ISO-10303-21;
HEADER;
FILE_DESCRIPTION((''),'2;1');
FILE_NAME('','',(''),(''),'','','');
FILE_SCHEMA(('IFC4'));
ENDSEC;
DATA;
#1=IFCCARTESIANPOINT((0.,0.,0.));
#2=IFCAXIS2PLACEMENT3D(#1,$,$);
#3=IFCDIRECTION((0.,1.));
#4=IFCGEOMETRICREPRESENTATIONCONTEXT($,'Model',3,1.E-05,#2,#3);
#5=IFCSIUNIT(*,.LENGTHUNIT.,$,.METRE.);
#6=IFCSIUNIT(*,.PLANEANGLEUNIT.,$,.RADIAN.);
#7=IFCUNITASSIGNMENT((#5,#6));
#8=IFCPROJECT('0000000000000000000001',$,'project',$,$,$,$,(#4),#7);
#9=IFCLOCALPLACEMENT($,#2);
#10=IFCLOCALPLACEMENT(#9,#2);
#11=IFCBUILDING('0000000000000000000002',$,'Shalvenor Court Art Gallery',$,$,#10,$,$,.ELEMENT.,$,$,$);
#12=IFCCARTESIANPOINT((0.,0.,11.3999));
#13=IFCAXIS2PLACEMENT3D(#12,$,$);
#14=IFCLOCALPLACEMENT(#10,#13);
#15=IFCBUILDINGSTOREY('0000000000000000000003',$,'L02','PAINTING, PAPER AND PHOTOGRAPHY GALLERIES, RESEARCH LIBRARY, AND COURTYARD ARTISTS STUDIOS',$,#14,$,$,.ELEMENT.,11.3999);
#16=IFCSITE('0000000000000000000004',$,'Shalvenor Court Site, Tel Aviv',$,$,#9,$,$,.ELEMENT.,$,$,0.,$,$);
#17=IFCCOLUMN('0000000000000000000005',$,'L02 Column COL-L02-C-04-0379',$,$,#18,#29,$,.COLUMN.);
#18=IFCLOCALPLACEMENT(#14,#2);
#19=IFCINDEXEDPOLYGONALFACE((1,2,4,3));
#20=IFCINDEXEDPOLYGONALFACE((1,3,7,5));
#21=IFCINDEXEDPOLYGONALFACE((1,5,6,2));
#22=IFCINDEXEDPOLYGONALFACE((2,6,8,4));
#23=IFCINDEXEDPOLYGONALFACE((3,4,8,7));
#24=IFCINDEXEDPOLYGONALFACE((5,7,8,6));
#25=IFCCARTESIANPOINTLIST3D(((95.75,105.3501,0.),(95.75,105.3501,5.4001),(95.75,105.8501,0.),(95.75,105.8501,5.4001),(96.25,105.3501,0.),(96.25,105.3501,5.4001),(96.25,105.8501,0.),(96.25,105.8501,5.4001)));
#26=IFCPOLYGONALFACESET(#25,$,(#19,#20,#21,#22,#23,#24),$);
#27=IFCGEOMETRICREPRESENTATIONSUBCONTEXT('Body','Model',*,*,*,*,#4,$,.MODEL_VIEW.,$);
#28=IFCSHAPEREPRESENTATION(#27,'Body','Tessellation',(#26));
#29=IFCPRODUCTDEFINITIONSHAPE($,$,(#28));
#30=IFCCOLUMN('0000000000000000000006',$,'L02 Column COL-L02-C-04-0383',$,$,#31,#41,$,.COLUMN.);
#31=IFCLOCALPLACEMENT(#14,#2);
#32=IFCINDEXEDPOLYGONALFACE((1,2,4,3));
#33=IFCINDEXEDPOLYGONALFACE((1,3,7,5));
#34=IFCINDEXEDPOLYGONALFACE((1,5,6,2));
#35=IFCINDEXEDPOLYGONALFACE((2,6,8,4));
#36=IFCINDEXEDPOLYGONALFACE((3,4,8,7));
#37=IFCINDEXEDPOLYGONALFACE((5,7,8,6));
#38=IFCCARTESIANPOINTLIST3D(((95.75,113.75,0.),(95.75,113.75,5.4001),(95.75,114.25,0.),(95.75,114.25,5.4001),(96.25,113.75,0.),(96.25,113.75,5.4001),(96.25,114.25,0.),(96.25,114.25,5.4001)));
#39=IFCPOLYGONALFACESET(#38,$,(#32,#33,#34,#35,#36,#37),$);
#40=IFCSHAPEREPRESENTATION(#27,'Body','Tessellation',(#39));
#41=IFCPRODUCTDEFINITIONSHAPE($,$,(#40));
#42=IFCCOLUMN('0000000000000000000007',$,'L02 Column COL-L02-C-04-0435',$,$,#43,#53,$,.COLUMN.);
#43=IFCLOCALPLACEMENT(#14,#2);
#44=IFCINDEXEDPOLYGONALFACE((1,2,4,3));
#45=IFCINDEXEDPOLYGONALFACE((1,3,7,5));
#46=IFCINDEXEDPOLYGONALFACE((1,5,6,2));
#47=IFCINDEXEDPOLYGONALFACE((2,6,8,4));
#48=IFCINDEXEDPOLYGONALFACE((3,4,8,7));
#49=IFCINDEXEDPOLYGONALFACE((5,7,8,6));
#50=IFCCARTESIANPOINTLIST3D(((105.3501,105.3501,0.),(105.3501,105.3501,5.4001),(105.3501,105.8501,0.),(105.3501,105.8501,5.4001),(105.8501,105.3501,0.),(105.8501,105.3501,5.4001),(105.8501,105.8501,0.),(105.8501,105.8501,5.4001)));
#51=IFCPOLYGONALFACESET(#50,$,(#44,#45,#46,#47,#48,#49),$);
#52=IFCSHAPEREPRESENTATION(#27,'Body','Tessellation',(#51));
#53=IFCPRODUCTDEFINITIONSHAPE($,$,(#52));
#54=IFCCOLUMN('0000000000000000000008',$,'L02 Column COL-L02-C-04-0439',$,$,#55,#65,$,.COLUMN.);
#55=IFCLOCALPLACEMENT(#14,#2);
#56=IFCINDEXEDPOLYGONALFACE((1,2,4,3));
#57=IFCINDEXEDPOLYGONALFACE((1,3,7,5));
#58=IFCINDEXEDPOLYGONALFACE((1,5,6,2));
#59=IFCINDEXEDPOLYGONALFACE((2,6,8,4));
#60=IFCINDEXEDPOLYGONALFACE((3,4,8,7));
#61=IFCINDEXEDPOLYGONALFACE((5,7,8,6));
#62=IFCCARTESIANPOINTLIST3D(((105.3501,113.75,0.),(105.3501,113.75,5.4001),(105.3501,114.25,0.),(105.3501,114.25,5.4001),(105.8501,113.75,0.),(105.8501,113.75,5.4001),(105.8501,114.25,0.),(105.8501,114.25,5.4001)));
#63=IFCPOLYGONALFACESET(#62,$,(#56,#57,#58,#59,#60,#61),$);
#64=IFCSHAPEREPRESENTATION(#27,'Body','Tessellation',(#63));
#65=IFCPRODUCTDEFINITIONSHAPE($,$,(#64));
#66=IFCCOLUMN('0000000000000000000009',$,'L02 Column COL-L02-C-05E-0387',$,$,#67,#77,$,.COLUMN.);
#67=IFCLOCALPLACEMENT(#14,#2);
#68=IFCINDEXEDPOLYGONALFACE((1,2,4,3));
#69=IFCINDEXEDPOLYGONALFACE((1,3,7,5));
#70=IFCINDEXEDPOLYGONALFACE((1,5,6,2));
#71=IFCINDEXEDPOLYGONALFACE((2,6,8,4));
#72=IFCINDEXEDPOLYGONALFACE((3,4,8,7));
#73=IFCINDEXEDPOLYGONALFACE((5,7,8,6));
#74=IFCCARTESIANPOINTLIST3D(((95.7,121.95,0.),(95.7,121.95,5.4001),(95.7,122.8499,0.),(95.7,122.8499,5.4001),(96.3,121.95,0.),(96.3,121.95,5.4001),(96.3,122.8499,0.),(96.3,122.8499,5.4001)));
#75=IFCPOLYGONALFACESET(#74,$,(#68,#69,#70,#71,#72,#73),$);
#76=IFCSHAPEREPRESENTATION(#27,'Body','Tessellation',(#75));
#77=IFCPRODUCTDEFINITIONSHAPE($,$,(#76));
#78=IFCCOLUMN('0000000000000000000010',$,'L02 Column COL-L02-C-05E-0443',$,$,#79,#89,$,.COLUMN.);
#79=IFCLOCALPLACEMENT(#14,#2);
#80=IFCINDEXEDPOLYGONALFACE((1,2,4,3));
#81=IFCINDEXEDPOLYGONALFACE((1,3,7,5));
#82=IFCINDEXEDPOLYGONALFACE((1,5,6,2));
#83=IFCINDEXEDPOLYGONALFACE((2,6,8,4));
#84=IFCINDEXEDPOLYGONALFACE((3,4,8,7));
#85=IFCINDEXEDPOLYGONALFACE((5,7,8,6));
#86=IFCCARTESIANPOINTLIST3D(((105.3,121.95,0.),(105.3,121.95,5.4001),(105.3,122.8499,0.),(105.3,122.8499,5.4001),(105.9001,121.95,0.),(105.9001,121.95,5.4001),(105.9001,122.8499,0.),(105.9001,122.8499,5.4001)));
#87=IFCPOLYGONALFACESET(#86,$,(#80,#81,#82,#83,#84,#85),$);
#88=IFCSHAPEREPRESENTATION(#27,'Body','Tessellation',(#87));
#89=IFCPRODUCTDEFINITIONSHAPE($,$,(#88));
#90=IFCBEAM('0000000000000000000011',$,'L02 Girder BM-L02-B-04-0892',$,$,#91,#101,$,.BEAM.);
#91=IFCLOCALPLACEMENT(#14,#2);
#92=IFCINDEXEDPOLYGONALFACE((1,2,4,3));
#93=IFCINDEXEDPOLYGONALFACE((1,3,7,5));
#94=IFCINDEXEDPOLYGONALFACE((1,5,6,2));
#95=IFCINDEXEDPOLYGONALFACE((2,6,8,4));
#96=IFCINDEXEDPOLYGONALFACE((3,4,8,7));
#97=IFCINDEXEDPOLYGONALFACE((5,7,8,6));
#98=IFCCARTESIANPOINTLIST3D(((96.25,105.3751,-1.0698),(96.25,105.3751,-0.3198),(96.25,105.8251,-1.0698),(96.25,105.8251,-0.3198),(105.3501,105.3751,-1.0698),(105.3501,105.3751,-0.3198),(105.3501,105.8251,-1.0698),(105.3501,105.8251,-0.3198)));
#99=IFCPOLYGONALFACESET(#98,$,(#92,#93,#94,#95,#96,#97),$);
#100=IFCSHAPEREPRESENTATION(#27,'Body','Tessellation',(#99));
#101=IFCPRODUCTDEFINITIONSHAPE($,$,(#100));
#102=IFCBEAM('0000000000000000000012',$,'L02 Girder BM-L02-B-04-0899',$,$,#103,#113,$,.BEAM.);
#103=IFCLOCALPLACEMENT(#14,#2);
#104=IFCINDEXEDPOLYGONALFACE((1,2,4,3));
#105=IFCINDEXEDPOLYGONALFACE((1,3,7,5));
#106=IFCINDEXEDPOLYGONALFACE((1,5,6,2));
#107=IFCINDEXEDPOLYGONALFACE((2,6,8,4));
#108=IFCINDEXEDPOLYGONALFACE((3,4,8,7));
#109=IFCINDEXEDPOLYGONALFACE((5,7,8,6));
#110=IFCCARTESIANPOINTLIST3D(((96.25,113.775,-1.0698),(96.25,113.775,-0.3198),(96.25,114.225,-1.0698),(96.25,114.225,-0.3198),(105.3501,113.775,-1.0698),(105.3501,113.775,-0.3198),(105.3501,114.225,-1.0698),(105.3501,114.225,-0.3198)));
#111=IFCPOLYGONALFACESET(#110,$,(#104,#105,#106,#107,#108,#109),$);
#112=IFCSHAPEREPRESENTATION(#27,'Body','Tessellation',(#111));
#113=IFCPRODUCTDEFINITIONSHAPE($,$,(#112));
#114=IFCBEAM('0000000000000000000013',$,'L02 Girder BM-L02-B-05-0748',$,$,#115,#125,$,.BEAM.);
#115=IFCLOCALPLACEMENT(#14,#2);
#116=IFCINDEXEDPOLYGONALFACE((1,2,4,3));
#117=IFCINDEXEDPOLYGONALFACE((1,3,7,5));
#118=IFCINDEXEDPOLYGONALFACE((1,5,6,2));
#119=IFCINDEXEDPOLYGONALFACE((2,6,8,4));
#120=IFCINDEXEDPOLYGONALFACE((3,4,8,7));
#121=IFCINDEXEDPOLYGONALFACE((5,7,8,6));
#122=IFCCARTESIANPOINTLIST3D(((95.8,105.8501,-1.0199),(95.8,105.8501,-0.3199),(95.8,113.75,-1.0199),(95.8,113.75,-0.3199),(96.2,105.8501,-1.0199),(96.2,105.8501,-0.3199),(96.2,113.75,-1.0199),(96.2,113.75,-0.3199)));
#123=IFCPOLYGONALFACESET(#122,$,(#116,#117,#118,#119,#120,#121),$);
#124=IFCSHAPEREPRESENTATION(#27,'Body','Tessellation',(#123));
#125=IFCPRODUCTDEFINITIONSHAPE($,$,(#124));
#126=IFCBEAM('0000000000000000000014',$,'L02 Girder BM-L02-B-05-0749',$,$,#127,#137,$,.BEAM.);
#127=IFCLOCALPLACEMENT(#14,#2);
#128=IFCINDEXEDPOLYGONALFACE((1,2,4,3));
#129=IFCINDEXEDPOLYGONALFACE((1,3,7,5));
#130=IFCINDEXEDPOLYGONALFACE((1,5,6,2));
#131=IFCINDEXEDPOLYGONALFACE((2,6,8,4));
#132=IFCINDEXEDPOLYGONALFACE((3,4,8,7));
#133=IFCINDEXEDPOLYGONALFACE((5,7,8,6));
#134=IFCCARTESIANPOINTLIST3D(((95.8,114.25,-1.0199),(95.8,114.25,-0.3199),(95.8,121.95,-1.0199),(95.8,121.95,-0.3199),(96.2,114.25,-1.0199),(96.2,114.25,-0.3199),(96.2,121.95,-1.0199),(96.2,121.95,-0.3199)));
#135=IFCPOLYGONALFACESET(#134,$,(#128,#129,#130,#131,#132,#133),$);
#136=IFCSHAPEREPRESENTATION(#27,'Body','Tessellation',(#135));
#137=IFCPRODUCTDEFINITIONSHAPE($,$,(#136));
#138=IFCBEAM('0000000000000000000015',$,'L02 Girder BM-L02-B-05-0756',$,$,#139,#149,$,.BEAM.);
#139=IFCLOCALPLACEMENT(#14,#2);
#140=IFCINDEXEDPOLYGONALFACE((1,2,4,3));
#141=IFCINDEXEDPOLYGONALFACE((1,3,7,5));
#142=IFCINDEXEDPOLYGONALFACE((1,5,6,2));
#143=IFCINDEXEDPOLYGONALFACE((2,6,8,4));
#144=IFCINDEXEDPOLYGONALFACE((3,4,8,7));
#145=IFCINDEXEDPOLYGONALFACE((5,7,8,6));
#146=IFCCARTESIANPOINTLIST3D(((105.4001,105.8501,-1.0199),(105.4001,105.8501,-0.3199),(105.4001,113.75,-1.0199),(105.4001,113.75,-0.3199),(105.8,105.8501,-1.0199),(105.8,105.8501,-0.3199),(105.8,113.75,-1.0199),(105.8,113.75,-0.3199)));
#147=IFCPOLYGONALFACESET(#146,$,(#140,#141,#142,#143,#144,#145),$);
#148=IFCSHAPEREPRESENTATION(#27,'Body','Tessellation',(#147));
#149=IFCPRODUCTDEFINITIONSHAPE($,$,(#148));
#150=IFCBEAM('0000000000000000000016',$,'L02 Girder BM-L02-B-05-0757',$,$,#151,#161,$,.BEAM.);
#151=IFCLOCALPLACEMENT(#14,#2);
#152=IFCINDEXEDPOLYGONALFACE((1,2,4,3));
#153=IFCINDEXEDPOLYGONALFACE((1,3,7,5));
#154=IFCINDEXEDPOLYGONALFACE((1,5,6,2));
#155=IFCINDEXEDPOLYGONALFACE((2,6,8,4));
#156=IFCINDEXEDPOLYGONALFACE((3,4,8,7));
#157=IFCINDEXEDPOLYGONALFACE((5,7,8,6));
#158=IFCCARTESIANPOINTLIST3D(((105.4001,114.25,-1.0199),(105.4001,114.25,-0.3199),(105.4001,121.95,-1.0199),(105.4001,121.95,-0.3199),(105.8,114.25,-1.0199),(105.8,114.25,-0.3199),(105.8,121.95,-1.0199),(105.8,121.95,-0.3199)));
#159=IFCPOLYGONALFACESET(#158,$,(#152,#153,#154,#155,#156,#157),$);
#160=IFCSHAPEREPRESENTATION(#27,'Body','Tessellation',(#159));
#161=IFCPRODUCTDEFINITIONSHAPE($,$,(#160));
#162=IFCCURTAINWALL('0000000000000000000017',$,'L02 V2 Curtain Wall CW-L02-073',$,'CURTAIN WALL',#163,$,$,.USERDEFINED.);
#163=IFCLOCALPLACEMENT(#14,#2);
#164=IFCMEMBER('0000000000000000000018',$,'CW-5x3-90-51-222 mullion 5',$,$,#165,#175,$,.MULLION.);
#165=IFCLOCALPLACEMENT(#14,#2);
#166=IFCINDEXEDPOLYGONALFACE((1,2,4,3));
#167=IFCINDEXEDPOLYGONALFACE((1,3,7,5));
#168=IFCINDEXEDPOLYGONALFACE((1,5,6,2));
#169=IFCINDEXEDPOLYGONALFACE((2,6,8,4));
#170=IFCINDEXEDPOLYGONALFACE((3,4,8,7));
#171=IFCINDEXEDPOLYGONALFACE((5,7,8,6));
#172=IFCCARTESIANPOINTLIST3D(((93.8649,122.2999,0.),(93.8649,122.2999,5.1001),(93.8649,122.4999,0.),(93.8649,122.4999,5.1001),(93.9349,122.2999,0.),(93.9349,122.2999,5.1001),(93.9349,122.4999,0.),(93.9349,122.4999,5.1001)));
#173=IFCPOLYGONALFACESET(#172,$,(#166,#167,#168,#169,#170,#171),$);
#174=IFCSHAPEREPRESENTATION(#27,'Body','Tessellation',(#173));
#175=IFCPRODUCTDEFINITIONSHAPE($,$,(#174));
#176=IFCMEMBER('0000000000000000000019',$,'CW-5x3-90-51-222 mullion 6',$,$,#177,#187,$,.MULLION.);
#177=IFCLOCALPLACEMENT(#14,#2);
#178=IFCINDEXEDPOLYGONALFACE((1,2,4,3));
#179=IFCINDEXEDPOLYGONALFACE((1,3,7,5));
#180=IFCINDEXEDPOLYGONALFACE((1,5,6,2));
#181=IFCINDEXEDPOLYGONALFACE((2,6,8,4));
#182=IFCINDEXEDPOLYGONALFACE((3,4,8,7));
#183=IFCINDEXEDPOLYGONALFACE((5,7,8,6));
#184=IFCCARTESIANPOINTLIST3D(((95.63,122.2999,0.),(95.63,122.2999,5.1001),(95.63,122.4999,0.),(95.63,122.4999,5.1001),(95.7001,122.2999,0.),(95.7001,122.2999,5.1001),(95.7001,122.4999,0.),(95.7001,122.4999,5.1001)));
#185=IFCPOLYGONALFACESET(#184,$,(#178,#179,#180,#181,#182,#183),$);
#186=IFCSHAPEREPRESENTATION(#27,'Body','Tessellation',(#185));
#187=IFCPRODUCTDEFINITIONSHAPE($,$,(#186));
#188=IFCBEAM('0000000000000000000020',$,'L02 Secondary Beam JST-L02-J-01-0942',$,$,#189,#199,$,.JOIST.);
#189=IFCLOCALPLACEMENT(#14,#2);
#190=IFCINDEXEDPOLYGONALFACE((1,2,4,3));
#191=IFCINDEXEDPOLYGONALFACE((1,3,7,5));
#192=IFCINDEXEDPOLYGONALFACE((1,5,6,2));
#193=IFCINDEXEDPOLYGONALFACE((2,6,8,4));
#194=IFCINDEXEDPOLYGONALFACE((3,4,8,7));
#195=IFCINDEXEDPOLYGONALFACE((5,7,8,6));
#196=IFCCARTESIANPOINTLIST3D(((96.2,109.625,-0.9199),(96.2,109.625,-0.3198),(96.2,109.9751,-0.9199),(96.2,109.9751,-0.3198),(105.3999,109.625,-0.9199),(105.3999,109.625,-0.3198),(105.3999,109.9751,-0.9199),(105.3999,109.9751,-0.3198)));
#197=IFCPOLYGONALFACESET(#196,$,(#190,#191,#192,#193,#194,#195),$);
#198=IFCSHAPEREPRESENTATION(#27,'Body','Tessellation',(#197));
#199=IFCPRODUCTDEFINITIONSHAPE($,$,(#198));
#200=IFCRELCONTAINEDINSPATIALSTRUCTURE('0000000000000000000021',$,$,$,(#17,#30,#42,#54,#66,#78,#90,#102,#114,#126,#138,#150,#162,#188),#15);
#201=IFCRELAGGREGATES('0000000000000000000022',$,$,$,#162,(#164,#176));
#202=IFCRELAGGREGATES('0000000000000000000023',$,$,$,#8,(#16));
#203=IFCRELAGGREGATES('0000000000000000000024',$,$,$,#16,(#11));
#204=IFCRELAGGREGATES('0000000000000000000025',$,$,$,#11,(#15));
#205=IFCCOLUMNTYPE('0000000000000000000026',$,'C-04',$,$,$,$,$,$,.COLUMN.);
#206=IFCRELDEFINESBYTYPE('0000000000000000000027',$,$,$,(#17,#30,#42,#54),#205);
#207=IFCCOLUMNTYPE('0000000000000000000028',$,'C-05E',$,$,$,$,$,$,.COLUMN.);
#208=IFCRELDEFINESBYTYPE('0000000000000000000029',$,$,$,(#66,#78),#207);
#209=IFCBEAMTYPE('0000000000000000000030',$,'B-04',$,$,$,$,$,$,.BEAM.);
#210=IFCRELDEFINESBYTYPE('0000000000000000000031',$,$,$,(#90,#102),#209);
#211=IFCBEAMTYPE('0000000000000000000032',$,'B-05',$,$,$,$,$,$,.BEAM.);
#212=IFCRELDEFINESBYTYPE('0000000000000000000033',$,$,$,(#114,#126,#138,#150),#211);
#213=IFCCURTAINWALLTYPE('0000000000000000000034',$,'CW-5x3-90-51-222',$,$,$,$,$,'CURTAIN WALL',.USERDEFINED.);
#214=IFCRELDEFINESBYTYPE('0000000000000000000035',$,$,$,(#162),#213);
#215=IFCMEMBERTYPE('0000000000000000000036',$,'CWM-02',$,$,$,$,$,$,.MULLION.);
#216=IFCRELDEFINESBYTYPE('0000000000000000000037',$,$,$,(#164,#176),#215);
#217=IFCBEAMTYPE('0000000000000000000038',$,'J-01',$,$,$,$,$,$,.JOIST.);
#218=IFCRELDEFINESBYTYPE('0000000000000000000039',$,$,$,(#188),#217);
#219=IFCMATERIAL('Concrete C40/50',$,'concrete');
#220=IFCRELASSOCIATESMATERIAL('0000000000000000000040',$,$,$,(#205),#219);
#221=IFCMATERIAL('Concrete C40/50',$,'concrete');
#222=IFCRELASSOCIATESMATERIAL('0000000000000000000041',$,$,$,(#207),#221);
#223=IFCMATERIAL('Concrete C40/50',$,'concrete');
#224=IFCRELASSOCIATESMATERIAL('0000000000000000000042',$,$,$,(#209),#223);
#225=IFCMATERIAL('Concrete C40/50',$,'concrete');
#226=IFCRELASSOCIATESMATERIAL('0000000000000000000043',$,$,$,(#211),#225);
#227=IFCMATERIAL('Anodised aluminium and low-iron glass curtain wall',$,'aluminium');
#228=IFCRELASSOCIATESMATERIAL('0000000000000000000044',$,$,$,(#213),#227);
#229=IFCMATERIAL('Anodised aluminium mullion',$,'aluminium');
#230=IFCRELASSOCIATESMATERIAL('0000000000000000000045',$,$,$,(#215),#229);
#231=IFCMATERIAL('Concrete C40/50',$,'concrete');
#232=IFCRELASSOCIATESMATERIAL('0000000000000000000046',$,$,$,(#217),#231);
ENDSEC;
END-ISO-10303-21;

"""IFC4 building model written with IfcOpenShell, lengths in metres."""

from ifc_helpers import new_model, si_unit, direction, frame, origin, origin_2d, place, context, subcontext, project, spatial, rectangle, extrude, material, material_profile, profile_set, type_object, element, aggregate, save


model = new_model("IFC4")

# Units and contexts
model_context = context("Model", 3, precision=1e-05, world=origin(), true_north=direction((0.0, 1.0)))
body_context = subcontext(model_context, "Body", "Model", "MODEL_VIEW")
ifc_project = project(units=[si_unit("LENGTHUNIT", "METRE"), si_unit("PLANEANGLEUNIT", "RADIAN")], contexts=[model_context])

# Site, building, storey
site_placement = place(None, origin())
site = spatial("IfcSite", under=ifc_project, at=site_placement, Name="Shalvenor Court Site, Tel Aviv", CompositionType="ELEMENT", RefElevation=0.0)
building_placement = place(site_placement, origin())
building = spatial("IfcBuilding", under=site, at=building_placement, Name="Shalvenor Court Art Gallery", CompositionType="ELEMENT")
storey_placement = place(building_placement, frame((0.0, 0.0, 11.3999)))
storey = spatial("IfcBuildingStorey", under=building, at=storey_placement, Name="L02", Description="PAINTING, PAPER AND PHOTOGRAPHY GALLERIES, RESEARCH LIBRARY, AND COURTYARD ARTISTS STUDIOS", CompositionType="ELEMENT", Elevation=11.3999)

# Columns
ifc_material_1 = material(Name="Concrete C40/50", Category="concrete")
ifc_material_profile_1 = material_profile(ifc_material_1, rectangle(XDim=0.5, YDim=0.5, at=origin_2d()), Name="RC 500x500")
ifc_profile_set_1 = profile_set([ifc_material_profile_1], Name="Concrete C40/50")
column_type_1 = type_object("IfcColumnType", Name="C-04", PredefinedType="COLUMN", material=ifc_profile_set_1)
for number, where, z_axis, x_axis, name in (
    (1, (96.0, 105.6001, 0.0), (0.0, 0.0, 1.0), (1.0, 0.0, 0.0), "L02 Column COL-L02-C-04-0379"),
    (2, (96.0, 114.0, 0.0), (0.0, 0.0, 1.0), (1.0, 0.0, 0.0), "L02 Column COL-L02-C-04-0383"),
    (3, (105.6001, 105.6001, 0.0), (0.0, 0.0, 1.0), (1.0, 0.0, 0.0), "L02 Column COL-L02-C-04-0435"),
    (4, (105.6001, 114.0, 0.0), (0.0, 0.0, 1.0), (1.0, 0.0, 0.0), "L02 Column COL-L02-C-04-0439"),
):
    element("IfcColumn", number, at=place(storey_placement, frame(where, z_axis=z_axis, x_axis=x_axis)), inside=storey, type_object=column_type_1, Name=name, PredefinedType="COLUMN", context=body_context, shape_type="SweptSolid", body=[
        extrude(rectangle(XDim=0.5, YDim=0.5, at=origin_2d()), origin(), (0.0, 0.0, 1.0), 5.4001),
    ])
ifc_material_2 = material(Name="Concrete C40/50", Category="concrete")
ifc_material_profile_2 = material_profile(ifc_material_2, rectangle(XDim=0.6001, YDim=0.8999, at=origin_2d()), Name="RC 600x900")
ifc_profile_set_2 = profile_set([ifc_material_profile_2], Name="Concrete C40/50")
column_type_2 = type_object("IfcColumnType", Name="C-05E", PredefinedType="COLUMN", material=ifc_profile_set_2)
for number, where, z_axis, x_axis, name in (
    (5, (96.0, 122.3999, 0.0), (0.0, 0.0, 1.0), (1.0, 0.0, 0.0), "L02 Column COL-L02-C-05E-0387"),
    (6, (105.6001, 122.3999, 0.0), (0.0, 0.0, 1.0), (1.0, 0.0, 0.0), "L02 Column COL-L02-C-05E-0443"),
):
    element("IfcColumn", number, at=place(storey_placement, frame(where, z_axis=z_axis, x_axis=x_axis)), inside=storey, type_object=column_type_2, Name=name, PredefinedType="COLUMN", context=body_context, shape_type="SweptSolid", body=[
        extrude(rectangle(XDim=0.6001, YDim=0.8999, at=origin_2d()), origin(), (0.0, 0.0, 1.0), 5.4001),
    ])

# Beams
ifc_material_3 = material(Name="Concrete C40/50", Category="concrete")
ifc_material_profile_3 = material_profile(ifc_material_3, rectangle(XDim=0.45, YDim=0.75, at=origin_2d()), Name="RC 450x750")
ifc_profile_set_3 = profile_set([ifc_material_profile_3], Name="Concrete C40/50")
beam_type_1 = type_object("IfcBeamType", Name="B-04", PredefinedType="BEAM", material=ifc_profile_set_3)
for number, where, z_axis, x_axis, name in (
    (7, (96.25, 105.6001, -0.6948), (1.0, 0.0, 0.0), (0.0, 1.0, 0.0), "L02 Girder BM-L02-B-04-0892"),
    (8, (96.25, 114.0, -0.6948), (1.0, 0.0, 0.0), (0.0, 1.0, 0.0), "L02 Girder BM-L02-B-04-0899"),
):
    element("IfcBeam", number, at=place(storey_placement, frame(where, z_axis=z_axis, x_axis=x_axis)), inside=storey, type_object=beam_type_1, Name=name, PredefinedType="BEAM", context=body_context, shape_type="SweptSolid", body=[
        extrude(rectangle(XDim=0.45, YDim=0.75, at=origin_2d()), origin(), (0.0, 0.0, 1.0), 9.1001),
    ])
ifc_material_4 = material(Name="Concrete C40/50", Category="concrete")
ifc_material_profile_4 = material_profile(ifc_material_4, rectangle(XDim=0.3999, YDim=0.7, at=origin_2d()), Name="RC 400x700")
ifc_profile_set_4 = profile_set([ifc_material_profile_4], Name="Concrete C40/50")
beam_type_2 = type_object("IfcBeamType", Name="B-05", PredefinedType="BEAM", material=ifc_profile_set_4)
beam_1_placement = place(storey_placement, frame((96.0, 105.8501, -0.6699), z_axis=(0.0, 1.0, 0.0), x_axis=(-1.0, 0.0, 0.0)))
element("IfcBeam", 9, at=beam_1_placement, inside=storey, type_object=beam_type_2, Name="L02 Girder BM-L02-B-05-0748", PredefinedType="BEAM", context=body_context, shape_type="SweptSolid", body=[
    extrude(rectangle(XDim=0.3999, YDim=0.7, at=origin_2d()), origin(), (0.0, 0.0, 1.0), 7.8999),
])
beam_2_placement = place(storey_placement, frame((96.0, 114.25, -0.6699), z_axis=(0.0, 1.0, 0.0), x_axis=(-1.0, 0.0, 0.0)))
element("IfcBeam", 10, at=beam_2_placement, inside=storey, type_object=beam_type_2, Name="L02 Girder BM-L02-B-05-0749", PredefinedType="BEAM", context=body_context, shape_type="SweptSolid", body=[
    extrude(rectangle(XDim=0.3999, YDim=0.7, at=origin_2d()), origin(), (0.0, 0.0, 1.0), 7.7),
])
beam_3_placement = place(storey_placement, frame((105.6001, 105.8501, -0.6699), z_axis=(0.0, 1.0, 0.0), x_axis=(-1.0, 0.0, 0.0)))
element("IfcBeam", 11, at=beam_3_placement, inside=storey, type_object=beam_type_2, Name="L02 Girder BM-L02-B-05-0756", PredefinedType="BEAM", context=body_context, shape_type="SweptSolid", body=[
    extrude(rectangle(XDim=0.3999, YDim=0.7, at=origin_2d()), origin(), (0.0, 0.0, 1.0), 7.8999),
])
beam_4_placement = place(storey_placement, frame((105.6001, 114.25, -0.6699), z_axis=(0.0, 1.0, 0.0), x_axis=(-1.0, 0.0, 0.0)))
element("IfcBeam", 12, at=beam_4_placement, inside=storey, type_object=beam_type_2, Name="L02 Girder BM-L02-B-05-0757", PredefinedType="BEAM", context=body_context, shape_type="SweptSolid", body=[
    extrude(rectangle(XDim=0.3999, YDim=0.7, at=origin_2d()), origin(), (0.0, 0.0, 1.0), 7.7),
])

# Curtain wall, members
ifc_material_5 = material(Name="Anodised aluminium and low-iron glass curtain wall", Category="aluminium")
curtain_wall_type = type_object("IfcCurtainWallType", Name="CW-5x3-90-51-222", ElementType="CURTAIN WALL", PredefinedType="USERDEFINED", material=ifc_material_5)
curtain_wall_placement = place(storey_placement, origin())
curtain_wall = element("IfcCurtainWall", 13, at=curtain_wall_placement, inside=storey, type_object=curtain_wall_type, Name="L02 V2 Curtain Wall CW-L02-073", ObjectType="CURTAIN WALL", PredefinedType="USERDEFINED")
ifc_material_6 = material(Name="Anodised aluminium mullion", Category="aluminium")
ifc_material_profile_5 = material_profile(ifc_material_6, rectangle(XDim=0.0701, YDim=0.2, at=origin_2d()), Name="CWM-02")
ifc_profile_set_5 = profile_set([ifc_material_profile_5], Name="Anodised aluminium mullion")
member_type = type_object("IfcMemberType", Name="CWM-02", PredefinedType="MULLION", material=ifc_profile_set_5)
member_1_placement = place(storey_placement, frame((93.8999, 122.3999, 0.0), z_axis=(0.0, 0.0, 1.0), x_axis=(1.0, 0.0, 0.0)))
member_1 = element("IfcMember", 14, at=member_1_placement, type_object=member_type, Name="CW-5x3-90-51-222 mullion 5", PredefinedType="MULLION", context=body_context, shape_type="SweptSolid", body=[
    extrude(rectangle(XDim=0.0701, YDim=0.2, at=origin_2d()), origin(), (0.0, 0.0, 1.0), 5.1001),
])
member_2_placement = place(storey_placement, frame((95.665, 122.3999, 0.0), z_axis=(0.0, 0.0, 1.0), x_axis=(1.0, 0.0, 0.0)))
member_2 = element("IfcMember", 15, at=member_2_placement, type_object=member_type, Name="CW-5x3-90-51-222 mullion 6", PredefinedType="MULLION", context=body_context, shape_type="SweptSolid", body=[
    extrude(rectangle(XDim=0.0701, YDim=0.2, at=origin_2d()), origin(), (0.0, 0.0, 1.0), 5.1001),
])

# Beam
ifc_material_7 = material(Name="Concrete C40/50", Category="concrete")
ifc_material_profile_6 = material_profile(ifc_material_7, rectangle(XDim=0.3501, YDim=0.6001, at=origin_2d()), Name="RC 350x600")
ifc_profile_set_6 = profile_set([ifc_material_profile_6], Name="Concrete C40/50")
beam_type_3 = type_object("IfcBeamType", Name="J-01", PredefinedType="JOIST", material=ifc_profile_set_6)
for number, where, z_axis, x_axis, name in (
    (16, (96.2, 109.8, -0.6199), (1.0, 0.0, 0.0), (0.0, 1.0, 0.0), "L02 Secondary Beam JST-L02-J-01-0942"),
):
    element("IfcBeam", number, at=place(storey_placement, frame(where, z_axis=z_axis, x_axis=x_axis)), inside=storey, type_object=beam_type_3, Name=name, PredefinedType="JOIST", context=body_context, shape_type="SweptSolid", body=[
        extrude(rectangle(XDim=0.3501, YDim=0.6001, at=origin_2d()), origin(), (0.0, 0.0, 1.0), 9.2),
    ])

aggregate(curtain_wall, [member_1, member_2])

save(model, "model.ifc")
